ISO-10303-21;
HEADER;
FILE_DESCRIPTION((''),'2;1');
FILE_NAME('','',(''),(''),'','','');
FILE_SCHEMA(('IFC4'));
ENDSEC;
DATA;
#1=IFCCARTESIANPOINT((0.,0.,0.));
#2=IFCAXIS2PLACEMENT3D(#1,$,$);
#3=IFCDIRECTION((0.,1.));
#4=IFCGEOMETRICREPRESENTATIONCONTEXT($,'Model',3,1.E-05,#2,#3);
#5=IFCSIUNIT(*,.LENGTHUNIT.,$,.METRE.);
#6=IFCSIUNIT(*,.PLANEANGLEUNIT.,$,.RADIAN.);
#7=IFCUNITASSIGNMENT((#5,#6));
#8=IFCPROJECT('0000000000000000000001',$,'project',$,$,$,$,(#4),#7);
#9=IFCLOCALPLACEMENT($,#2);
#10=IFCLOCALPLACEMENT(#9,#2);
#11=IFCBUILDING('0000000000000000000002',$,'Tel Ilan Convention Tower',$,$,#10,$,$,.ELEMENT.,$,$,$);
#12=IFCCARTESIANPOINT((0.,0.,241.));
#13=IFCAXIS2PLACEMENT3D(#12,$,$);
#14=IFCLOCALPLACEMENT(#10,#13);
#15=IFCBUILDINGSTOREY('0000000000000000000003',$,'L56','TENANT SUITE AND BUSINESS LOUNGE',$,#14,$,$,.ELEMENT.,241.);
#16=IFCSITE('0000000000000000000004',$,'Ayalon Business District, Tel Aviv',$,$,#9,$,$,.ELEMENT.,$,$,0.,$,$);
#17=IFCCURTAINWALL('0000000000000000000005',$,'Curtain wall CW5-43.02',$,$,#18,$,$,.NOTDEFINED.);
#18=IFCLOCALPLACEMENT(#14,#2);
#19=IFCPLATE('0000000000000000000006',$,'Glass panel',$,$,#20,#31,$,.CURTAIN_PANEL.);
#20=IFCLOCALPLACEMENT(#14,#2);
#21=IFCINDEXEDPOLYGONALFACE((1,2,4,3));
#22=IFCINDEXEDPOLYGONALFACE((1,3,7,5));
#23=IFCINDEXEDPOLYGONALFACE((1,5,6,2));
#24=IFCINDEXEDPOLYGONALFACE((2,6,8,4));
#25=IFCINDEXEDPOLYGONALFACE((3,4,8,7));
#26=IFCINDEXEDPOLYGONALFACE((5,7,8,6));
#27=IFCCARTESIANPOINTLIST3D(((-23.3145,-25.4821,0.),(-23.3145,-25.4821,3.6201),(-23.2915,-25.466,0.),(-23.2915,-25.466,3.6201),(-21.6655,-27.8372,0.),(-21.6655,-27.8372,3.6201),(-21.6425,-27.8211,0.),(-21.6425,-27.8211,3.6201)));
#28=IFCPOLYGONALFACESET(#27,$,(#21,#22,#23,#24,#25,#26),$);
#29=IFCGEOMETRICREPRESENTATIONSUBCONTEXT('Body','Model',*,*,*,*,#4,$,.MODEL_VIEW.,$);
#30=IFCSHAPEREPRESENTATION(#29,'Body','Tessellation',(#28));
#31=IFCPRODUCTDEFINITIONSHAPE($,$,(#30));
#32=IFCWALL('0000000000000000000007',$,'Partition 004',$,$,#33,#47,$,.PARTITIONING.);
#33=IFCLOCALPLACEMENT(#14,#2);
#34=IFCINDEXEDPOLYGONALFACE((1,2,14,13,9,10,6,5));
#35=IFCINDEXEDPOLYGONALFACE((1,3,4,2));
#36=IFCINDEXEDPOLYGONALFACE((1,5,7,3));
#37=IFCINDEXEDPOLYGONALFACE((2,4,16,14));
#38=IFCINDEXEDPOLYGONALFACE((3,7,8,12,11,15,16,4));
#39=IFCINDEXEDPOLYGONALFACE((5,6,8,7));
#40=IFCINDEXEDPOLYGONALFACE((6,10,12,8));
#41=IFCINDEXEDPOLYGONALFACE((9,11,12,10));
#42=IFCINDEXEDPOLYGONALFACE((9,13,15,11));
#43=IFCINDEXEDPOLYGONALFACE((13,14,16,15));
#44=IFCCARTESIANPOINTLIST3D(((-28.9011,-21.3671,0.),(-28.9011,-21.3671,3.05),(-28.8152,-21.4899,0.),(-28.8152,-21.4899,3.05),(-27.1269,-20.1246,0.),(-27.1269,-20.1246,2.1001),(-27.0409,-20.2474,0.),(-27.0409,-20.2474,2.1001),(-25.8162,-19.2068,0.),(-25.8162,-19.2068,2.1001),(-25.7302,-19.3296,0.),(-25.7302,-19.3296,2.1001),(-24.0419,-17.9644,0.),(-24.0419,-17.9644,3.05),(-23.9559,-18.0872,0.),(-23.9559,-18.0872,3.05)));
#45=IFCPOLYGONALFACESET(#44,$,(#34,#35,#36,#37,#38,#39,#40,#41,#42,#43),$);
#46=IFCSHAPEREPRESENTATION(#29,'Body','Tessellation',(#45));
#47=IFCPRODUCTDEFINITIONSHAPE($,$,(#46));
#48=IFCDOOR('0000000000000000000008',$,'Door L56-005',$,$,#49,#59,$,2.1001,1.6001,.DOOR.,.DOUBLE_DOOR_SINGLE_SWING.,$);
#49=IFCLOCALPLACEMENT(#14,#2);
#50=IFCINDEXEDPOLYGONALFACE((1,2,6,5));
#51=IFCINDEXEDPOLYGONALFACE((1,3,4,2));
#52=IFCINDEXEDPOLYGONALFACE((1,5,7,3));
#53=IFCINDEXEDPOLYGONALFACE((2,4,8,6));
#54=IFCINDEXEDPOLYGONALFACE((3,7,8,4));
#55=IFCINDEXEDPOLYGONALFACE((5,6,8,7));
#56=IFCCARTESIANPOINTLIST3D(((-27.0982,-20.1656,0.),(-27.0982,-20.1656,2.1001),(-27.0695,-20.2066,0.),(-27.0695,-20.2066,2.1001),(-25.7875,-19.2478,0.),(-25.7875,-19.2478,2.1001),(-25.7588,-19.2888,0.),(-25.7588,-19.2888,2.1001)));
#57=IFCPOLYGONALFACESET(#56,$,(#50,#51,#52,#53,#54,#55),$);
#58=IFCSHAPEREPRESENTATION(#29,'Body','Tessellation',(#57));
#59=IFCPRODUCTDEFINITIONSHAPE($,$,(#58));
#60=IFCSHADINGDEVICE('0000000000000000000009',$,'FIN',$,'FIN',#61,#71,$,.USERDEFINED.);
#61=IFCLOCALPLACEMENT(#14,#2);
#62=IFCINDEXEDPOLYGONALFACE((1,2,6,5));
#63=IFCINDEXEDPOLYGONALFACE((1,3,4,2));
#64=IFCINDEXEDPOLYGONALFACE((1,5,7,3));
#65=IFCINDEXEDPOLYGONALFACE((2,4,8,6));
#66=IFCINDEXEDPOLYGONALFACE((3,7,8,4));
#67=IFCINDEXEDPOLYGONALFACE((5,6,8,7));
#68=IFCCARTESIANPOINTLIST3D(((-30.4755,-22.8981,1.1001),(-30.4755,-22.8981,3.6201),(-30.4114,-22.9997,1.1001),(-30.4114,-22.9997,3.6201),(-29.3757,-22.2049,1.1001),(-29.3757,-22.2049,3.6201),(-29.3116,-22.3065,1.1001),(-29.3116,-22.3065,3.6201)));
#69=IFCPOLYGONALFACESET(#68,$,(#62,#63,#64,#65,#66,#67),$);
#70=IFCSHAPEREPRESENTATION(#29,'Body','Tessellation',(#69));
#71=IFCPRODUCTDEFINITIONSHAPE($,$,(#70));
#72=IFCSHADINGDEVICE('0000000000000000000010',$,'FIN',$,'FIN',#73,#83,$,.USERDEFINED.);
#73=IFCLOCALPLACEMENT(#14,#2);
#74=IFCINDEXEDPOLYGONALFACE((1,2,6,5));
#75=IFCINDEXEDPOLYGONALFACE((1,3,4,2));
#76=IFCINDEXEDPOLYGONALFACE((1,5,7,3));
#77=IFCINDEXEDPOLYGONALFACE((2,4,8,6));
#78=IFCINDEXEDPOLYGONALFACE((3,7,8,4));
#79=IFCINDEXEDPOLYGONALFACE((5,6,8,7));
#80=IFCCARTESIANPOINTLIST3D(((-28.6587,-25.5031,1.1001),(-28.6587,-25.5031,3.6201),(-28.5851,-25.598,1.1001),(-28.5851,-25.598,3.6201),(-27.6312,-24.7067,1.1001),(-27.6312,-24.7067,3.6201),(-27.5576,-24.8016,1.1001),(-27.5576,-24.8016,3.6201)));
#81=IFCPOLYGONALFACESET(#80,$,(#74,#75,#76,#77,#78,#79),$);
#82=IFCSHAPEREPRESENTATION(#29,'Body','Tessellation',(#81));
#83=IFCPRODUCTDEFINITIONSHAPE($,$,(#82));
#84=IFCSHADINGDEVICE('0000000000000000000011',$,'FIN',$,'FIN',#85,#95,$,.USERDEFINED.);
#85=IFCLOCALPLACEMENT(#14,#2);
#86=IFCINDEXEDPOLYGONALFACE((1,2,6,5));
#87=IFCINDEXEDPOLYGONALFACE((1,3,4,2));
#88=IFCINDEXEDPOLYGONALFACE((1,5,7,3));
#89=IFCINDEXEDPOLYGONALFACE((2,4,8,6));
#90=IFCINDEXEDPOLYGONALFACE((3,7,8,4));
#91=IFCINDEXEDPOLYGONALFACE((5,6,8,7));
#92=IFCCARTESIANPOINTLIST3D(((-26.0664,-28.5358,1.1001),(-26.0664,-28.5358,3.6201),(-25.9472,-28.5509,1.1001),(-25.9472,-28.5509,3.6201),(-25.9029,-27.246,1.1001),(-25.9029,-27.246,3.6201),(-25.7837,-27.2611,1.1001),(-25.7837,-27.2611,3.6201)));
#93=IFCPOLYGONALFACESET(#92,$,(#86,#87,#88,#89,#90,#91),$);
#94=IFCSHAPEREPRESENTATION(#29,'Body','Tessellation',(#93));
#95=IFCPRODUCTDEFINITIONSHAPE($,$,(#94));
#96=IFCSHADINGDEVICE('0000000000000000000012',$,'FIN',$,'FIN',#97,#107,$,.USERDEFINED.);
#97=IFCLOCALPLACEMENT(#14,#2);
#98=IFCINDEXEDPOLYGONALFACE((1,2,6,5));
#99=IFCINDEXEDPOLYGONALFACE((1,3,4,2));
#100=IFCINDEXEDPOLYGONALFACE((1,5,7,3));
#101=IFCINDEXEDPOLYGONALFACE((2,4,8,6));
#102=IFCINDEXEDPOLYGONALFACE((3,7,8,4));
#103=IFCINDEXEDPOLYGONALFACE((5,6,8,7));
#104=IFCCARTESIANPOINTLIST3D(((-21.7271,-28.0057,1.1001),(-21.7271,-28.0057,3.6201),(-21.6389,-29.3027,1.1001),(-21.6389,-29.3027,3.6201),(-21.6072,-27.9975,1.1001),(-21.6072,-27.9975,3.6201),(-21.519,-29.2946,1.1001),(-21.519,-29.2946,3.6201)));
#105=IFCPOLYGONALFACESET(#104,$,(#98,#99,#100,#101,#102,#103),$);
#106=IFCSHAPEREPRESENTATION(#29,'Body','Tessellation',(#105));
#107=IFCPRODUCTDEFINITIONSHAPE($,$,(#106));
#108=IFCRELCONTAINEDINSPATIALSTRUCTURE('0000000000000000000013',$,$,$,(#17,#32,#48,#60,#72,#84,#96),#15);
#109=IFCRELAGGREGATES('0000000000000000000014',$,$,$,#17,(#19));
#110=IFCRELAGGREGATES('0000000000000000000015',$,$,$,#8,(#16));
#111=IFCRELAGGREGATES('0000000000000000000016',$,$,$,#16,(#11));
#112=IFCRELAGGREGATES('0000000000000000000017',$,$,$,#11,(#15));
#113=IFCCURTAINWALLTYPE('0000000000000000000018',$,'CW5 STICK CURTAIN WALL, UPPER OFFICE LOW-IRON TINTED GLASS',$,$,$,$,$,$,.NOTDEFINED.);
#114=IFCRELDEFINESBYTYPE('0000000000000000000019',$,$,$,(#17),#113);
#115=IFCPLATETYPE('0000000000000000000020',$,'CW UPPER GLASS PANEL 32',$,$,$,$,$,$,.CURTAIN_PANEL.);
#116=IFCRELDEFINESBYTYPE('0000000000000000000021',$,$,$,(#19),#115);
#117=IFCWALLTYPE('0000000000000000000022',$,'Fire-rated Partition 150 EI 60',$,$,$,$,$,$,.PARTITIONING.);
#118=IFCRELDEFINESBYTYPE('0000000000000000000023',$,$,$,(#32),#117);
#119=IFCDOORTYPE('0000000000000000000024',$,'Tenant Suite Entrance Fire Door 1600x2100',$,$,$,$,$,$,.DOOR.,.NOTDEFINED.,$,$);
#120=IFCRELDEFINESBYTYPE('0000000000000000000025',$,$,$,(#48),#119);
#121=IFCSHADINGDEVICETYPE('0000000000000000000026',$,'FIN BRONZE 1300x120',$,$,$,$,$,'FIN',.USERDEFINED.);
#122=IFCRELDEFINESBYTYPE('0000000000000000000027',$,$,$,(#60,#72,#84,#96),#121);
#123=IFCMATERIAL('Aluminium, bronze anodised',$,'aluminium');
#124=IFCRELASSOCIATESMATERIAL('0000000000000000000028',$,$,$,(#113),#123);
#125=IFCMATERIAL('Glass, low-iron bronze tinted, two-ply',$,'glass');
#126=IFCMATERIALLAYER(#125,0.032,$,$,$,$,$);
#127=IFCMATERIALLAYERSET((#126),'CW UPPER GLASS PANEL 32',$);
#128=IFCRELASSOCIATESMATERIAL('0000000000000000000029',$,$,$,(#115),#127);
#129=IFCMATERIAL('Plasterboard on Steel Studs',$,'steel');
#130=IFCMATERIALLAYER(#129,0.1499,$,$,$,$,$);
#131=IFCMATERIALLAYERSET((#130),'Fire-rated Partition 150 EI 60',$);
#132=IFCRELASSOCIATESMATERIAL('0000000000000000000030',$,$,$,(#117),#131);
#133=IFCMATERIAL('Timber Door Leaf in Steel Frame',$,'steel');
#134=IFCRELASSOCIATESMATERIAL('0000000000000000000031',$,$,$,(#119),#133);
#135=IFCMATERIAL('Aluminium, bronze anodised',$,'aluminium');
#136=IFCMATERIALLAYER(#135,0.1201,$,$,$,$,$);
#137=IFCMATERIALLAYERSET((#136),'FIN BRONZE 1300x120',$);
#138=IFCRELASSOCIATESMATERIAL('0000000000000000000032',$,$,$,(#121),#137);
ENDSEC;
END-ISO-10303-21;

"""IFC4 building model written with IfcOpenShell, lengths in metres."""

from ifc_helpers import new_model, si_unit, direction, frame, frame_2d, origin, origin_2d, place, context, subcontext, project, spatial, rectangle, extrude, material, layer, layer_set, type_object, element, fill, aggregate, save


model = new_model("IFC4")

# Units and contexts
model_context = context("Model", 3, precision=1e-05, world=origin(), true_north=direction((0.0, 1.0)))
body_context = subcontext(model_context, "Body", "Model", "MODEL_VIEW")
ifc_project = project(units=[si_unit("LENGTHUNIT", "METRE"), si_unit("PLANEANGLEUNIT", "RADIAN")], contexts=[model_context])

# Site, building, storey
site_placement = place(None, origin())
site = spatial("IfcSite", under=ifc_project, at=site_placement, Name="Ayalon Business District, Tel Aviv", CompositionType="ELEMENT", RefElevation=0.0)
building_placement = place(site_placement, origin())
building = spatial("IfcBuilding", under=site, at=building_placement, Name="Tel Ilan Convention Tower", CompositionType="ELEMENT")
storey_placement = place(building_placement, frame((0.0, 0.0, 241.0)))
storey = spatial("IfcBuildingStorey", under=building, at=storey_placement, Name="L56", Description="TENANT SUITE AND BUSINESS LOUNGE", CompositionType="ELEMENT", Elevation=241.0)

# Curtain wall, plate
ifc_material_1 = material(Name="Aluminium, bronze anodised", Category="aluminium")
curtain_wall_type = type_object("IfcCurtainWallType", Name="CW5 STICK CURTAIN WALL, UPPER OFFICE LOW-IRON TINTED GLASS", PredefinedType="NOTDEFINED", material=ifc_material_1)
curtain_wall_placement = place(storey_placement, origin())
curtain_wall = element("IfcCurtainWall", 1, at=curtain_wall_placement, inside=storey, type_object=curtain_wall_type, Name="Curtain wall CW5-43.02", PredefinedType="NOTDEFINED")
ifc_material_2 = material(Name="Glass, low-iron bronze tinted, two-ply", Category="glass")
ifc_layer_1 = layer(ifc_material_2, 0.032)
ifc_layer_set_1 = layer_set([ifc_layer_1], Name="CW UPPER GLASS PANEL 32")
plate_type = type_object("IfcPlateType", Name="CW UPPER GLASS PANEL 32", PredefinedType="CURTAIN_PANEL", material=ifc_layer_set_1)
plate_1_placement = place(storey_placement, frame((-22.4785, -26.6516, 0.0), z_axis=(0.0, 0.0, 1.0), x_axis=(0.573576, -0.819152, 0.0)))
plate_1 = element("IfcPlate", 2, at=plate_1_placement, type_object=plate_type, Name="Glass panel", PredefinedType="CURTAIN_PANEL", context=body_context, shape_type="SweptSolid", body=[
    extrude(rectangle(XDim=2.875, YDim=0.0281, at=origin_2d()), origin(), (0.0, 0.0, 1.0), 3.6201),
])
aggregate(curtain_wall, [plate_1])

# Wall, opening, door
ifc_material_3 = material(Name="Plasterboard on Steel Studs", Category="steel")
ifc_layer_2 = layer(ifc_material_3, 0.1499)
ifc_layer_set_2 = layer_set([ifc_layer_2], Name="Fire-rated Partition 150 EI 60")
wall_type = type_object("IfcWallType", Name="Fire-rated Partition 150 EI 60", PredefinedType="PARTITIONING", material=ifc_layer_set_2)
wall_placement = place(storey_placement, frame((-28.8582, -21.4285, 0.0), z_axis=(0.0, 0.0, 1.0), x_axis=(0.819137, 0.573598, 0.0)))
wall = element("IfcWall", 3, at=wall_placement, inside=storey, type_object=wall_type, Name="Partition 004", PredefinedType="PARTITIONING", context=body_context, shape_type="SweptSolid", body=[
    extrude(rectangle(XDim=5.9321, YDim=0.1499, at=frame_2d((2.9661, 0.0))), origin(), (0.0, 0.0, 1.0), 3.05),
])
opening_placement = place(wall_placement, frame((2.166, 0.0, 0.0)))
opening = element("IfcOpeningElement", 4, at=opening_placement, cuts=wall, PredefinedType="OPENING", context=body_context, shape_type="SweptSolid", body=[
    extrude(rectangle(XDim=1.6001, YDim=2.1001, at=frame_2d((0.8, 1.05))), frame((0.0, 0.085, 0.0), z_axis=(0.0, -1.0, 0.0), x_axis=(1.0, 0.0, 0.0)), (0.0, 0.0, 1.0), 0.1699),
])
ifc_material_4 = material(Name="Timber Door Leaf in Steel Frame", Category="steel")
door_type = type_object("IfcDoorType", Name="Tenant Suite Entrance Fire Door 1600x2100", OperationType="NOTDEFINED", PredefinedType="DOOR", material=ifc_material_4)
door_placement = place(opening_placement, origin())
door = element("IfcDoor", 5, at=door_placement, inside=storey, type_object=door_type, Name="Door L56-005", OperationType="DOUBLE_DOOR_SINGLE_SWING", OverallHeight=2.1001, OverallWidth=1.6001, PredefinedType="DOOR", context=body_context, shape_type="SweptSolid", body=[
    extrude(rectangle(XDim=1.6001, YDim=2.1001, at=frame_2d((0.8, 1.05))), frame((0.0, 0.0249, 0.0), z_axis=(0.0, -1.0, 0.0), x_axis=(1.0, 0.0, 0.0)), (0.0, 0.0, 1.0), 0.05),
])
fill(opening, door)

# Shading devices
ifc_material_5 = material(Name="Aluminium, bronze anodised", Category="aluminium")
ifc_layer_3 = layer(ifc_material_5, 0.1201)
ifc_layer_set_3 = layer_set([ifc_layer_3], Name="FIN BRONZE 1300x120")
shading_device_type = type_object("IfcShadingDeviceType", Name="FIN BRONZE 1300x120", ElementType="FIN", PredefinedType="USERDEFINED", material=ifc_layer_set_3)
for number, where, z_axis, x_axis, name in (
    (6, (-29.8936, -22.6023, 1.1001), (0.0, 0.0, 1.0), (-0.845986, -0.533204, 0.0), "FIN"),
    (7, (-28.1082, -25.1523, 1.1001), (0.0, 0.0, 1.0), (-0.790393, -0.612601, 0.0), "FIN"),
    (8, (-25.925, -27.8984, 1.1001), (0.0, 0.0, 1.0), (-0.125718, -0.992066, 0.0), "FIN"),
    (9, (-21.623, -28.6501, 1.1001), (0.0, 0.0, 1.0), (0.067822, -0.997697, 0.0), "FIN"),
):
    element("IfcShadingDevice", number, at=place(storey_placement, frame(where, z_axis=z_axis, x_axis=x_axis)), inside=storey, type_object=shading_device_type, Name=name, ObjectType="FIN", PredefinedType="USERDEFINED", context=body_context, shape_type="SweptSolid", body=[
        extrude(rectangle(XDim=1.3, YDim=0.1201, at=origin_2d()), origin(), (0.0, 0.0, 1.0), 2.52),
    ])

save(model, "model.ifc")
